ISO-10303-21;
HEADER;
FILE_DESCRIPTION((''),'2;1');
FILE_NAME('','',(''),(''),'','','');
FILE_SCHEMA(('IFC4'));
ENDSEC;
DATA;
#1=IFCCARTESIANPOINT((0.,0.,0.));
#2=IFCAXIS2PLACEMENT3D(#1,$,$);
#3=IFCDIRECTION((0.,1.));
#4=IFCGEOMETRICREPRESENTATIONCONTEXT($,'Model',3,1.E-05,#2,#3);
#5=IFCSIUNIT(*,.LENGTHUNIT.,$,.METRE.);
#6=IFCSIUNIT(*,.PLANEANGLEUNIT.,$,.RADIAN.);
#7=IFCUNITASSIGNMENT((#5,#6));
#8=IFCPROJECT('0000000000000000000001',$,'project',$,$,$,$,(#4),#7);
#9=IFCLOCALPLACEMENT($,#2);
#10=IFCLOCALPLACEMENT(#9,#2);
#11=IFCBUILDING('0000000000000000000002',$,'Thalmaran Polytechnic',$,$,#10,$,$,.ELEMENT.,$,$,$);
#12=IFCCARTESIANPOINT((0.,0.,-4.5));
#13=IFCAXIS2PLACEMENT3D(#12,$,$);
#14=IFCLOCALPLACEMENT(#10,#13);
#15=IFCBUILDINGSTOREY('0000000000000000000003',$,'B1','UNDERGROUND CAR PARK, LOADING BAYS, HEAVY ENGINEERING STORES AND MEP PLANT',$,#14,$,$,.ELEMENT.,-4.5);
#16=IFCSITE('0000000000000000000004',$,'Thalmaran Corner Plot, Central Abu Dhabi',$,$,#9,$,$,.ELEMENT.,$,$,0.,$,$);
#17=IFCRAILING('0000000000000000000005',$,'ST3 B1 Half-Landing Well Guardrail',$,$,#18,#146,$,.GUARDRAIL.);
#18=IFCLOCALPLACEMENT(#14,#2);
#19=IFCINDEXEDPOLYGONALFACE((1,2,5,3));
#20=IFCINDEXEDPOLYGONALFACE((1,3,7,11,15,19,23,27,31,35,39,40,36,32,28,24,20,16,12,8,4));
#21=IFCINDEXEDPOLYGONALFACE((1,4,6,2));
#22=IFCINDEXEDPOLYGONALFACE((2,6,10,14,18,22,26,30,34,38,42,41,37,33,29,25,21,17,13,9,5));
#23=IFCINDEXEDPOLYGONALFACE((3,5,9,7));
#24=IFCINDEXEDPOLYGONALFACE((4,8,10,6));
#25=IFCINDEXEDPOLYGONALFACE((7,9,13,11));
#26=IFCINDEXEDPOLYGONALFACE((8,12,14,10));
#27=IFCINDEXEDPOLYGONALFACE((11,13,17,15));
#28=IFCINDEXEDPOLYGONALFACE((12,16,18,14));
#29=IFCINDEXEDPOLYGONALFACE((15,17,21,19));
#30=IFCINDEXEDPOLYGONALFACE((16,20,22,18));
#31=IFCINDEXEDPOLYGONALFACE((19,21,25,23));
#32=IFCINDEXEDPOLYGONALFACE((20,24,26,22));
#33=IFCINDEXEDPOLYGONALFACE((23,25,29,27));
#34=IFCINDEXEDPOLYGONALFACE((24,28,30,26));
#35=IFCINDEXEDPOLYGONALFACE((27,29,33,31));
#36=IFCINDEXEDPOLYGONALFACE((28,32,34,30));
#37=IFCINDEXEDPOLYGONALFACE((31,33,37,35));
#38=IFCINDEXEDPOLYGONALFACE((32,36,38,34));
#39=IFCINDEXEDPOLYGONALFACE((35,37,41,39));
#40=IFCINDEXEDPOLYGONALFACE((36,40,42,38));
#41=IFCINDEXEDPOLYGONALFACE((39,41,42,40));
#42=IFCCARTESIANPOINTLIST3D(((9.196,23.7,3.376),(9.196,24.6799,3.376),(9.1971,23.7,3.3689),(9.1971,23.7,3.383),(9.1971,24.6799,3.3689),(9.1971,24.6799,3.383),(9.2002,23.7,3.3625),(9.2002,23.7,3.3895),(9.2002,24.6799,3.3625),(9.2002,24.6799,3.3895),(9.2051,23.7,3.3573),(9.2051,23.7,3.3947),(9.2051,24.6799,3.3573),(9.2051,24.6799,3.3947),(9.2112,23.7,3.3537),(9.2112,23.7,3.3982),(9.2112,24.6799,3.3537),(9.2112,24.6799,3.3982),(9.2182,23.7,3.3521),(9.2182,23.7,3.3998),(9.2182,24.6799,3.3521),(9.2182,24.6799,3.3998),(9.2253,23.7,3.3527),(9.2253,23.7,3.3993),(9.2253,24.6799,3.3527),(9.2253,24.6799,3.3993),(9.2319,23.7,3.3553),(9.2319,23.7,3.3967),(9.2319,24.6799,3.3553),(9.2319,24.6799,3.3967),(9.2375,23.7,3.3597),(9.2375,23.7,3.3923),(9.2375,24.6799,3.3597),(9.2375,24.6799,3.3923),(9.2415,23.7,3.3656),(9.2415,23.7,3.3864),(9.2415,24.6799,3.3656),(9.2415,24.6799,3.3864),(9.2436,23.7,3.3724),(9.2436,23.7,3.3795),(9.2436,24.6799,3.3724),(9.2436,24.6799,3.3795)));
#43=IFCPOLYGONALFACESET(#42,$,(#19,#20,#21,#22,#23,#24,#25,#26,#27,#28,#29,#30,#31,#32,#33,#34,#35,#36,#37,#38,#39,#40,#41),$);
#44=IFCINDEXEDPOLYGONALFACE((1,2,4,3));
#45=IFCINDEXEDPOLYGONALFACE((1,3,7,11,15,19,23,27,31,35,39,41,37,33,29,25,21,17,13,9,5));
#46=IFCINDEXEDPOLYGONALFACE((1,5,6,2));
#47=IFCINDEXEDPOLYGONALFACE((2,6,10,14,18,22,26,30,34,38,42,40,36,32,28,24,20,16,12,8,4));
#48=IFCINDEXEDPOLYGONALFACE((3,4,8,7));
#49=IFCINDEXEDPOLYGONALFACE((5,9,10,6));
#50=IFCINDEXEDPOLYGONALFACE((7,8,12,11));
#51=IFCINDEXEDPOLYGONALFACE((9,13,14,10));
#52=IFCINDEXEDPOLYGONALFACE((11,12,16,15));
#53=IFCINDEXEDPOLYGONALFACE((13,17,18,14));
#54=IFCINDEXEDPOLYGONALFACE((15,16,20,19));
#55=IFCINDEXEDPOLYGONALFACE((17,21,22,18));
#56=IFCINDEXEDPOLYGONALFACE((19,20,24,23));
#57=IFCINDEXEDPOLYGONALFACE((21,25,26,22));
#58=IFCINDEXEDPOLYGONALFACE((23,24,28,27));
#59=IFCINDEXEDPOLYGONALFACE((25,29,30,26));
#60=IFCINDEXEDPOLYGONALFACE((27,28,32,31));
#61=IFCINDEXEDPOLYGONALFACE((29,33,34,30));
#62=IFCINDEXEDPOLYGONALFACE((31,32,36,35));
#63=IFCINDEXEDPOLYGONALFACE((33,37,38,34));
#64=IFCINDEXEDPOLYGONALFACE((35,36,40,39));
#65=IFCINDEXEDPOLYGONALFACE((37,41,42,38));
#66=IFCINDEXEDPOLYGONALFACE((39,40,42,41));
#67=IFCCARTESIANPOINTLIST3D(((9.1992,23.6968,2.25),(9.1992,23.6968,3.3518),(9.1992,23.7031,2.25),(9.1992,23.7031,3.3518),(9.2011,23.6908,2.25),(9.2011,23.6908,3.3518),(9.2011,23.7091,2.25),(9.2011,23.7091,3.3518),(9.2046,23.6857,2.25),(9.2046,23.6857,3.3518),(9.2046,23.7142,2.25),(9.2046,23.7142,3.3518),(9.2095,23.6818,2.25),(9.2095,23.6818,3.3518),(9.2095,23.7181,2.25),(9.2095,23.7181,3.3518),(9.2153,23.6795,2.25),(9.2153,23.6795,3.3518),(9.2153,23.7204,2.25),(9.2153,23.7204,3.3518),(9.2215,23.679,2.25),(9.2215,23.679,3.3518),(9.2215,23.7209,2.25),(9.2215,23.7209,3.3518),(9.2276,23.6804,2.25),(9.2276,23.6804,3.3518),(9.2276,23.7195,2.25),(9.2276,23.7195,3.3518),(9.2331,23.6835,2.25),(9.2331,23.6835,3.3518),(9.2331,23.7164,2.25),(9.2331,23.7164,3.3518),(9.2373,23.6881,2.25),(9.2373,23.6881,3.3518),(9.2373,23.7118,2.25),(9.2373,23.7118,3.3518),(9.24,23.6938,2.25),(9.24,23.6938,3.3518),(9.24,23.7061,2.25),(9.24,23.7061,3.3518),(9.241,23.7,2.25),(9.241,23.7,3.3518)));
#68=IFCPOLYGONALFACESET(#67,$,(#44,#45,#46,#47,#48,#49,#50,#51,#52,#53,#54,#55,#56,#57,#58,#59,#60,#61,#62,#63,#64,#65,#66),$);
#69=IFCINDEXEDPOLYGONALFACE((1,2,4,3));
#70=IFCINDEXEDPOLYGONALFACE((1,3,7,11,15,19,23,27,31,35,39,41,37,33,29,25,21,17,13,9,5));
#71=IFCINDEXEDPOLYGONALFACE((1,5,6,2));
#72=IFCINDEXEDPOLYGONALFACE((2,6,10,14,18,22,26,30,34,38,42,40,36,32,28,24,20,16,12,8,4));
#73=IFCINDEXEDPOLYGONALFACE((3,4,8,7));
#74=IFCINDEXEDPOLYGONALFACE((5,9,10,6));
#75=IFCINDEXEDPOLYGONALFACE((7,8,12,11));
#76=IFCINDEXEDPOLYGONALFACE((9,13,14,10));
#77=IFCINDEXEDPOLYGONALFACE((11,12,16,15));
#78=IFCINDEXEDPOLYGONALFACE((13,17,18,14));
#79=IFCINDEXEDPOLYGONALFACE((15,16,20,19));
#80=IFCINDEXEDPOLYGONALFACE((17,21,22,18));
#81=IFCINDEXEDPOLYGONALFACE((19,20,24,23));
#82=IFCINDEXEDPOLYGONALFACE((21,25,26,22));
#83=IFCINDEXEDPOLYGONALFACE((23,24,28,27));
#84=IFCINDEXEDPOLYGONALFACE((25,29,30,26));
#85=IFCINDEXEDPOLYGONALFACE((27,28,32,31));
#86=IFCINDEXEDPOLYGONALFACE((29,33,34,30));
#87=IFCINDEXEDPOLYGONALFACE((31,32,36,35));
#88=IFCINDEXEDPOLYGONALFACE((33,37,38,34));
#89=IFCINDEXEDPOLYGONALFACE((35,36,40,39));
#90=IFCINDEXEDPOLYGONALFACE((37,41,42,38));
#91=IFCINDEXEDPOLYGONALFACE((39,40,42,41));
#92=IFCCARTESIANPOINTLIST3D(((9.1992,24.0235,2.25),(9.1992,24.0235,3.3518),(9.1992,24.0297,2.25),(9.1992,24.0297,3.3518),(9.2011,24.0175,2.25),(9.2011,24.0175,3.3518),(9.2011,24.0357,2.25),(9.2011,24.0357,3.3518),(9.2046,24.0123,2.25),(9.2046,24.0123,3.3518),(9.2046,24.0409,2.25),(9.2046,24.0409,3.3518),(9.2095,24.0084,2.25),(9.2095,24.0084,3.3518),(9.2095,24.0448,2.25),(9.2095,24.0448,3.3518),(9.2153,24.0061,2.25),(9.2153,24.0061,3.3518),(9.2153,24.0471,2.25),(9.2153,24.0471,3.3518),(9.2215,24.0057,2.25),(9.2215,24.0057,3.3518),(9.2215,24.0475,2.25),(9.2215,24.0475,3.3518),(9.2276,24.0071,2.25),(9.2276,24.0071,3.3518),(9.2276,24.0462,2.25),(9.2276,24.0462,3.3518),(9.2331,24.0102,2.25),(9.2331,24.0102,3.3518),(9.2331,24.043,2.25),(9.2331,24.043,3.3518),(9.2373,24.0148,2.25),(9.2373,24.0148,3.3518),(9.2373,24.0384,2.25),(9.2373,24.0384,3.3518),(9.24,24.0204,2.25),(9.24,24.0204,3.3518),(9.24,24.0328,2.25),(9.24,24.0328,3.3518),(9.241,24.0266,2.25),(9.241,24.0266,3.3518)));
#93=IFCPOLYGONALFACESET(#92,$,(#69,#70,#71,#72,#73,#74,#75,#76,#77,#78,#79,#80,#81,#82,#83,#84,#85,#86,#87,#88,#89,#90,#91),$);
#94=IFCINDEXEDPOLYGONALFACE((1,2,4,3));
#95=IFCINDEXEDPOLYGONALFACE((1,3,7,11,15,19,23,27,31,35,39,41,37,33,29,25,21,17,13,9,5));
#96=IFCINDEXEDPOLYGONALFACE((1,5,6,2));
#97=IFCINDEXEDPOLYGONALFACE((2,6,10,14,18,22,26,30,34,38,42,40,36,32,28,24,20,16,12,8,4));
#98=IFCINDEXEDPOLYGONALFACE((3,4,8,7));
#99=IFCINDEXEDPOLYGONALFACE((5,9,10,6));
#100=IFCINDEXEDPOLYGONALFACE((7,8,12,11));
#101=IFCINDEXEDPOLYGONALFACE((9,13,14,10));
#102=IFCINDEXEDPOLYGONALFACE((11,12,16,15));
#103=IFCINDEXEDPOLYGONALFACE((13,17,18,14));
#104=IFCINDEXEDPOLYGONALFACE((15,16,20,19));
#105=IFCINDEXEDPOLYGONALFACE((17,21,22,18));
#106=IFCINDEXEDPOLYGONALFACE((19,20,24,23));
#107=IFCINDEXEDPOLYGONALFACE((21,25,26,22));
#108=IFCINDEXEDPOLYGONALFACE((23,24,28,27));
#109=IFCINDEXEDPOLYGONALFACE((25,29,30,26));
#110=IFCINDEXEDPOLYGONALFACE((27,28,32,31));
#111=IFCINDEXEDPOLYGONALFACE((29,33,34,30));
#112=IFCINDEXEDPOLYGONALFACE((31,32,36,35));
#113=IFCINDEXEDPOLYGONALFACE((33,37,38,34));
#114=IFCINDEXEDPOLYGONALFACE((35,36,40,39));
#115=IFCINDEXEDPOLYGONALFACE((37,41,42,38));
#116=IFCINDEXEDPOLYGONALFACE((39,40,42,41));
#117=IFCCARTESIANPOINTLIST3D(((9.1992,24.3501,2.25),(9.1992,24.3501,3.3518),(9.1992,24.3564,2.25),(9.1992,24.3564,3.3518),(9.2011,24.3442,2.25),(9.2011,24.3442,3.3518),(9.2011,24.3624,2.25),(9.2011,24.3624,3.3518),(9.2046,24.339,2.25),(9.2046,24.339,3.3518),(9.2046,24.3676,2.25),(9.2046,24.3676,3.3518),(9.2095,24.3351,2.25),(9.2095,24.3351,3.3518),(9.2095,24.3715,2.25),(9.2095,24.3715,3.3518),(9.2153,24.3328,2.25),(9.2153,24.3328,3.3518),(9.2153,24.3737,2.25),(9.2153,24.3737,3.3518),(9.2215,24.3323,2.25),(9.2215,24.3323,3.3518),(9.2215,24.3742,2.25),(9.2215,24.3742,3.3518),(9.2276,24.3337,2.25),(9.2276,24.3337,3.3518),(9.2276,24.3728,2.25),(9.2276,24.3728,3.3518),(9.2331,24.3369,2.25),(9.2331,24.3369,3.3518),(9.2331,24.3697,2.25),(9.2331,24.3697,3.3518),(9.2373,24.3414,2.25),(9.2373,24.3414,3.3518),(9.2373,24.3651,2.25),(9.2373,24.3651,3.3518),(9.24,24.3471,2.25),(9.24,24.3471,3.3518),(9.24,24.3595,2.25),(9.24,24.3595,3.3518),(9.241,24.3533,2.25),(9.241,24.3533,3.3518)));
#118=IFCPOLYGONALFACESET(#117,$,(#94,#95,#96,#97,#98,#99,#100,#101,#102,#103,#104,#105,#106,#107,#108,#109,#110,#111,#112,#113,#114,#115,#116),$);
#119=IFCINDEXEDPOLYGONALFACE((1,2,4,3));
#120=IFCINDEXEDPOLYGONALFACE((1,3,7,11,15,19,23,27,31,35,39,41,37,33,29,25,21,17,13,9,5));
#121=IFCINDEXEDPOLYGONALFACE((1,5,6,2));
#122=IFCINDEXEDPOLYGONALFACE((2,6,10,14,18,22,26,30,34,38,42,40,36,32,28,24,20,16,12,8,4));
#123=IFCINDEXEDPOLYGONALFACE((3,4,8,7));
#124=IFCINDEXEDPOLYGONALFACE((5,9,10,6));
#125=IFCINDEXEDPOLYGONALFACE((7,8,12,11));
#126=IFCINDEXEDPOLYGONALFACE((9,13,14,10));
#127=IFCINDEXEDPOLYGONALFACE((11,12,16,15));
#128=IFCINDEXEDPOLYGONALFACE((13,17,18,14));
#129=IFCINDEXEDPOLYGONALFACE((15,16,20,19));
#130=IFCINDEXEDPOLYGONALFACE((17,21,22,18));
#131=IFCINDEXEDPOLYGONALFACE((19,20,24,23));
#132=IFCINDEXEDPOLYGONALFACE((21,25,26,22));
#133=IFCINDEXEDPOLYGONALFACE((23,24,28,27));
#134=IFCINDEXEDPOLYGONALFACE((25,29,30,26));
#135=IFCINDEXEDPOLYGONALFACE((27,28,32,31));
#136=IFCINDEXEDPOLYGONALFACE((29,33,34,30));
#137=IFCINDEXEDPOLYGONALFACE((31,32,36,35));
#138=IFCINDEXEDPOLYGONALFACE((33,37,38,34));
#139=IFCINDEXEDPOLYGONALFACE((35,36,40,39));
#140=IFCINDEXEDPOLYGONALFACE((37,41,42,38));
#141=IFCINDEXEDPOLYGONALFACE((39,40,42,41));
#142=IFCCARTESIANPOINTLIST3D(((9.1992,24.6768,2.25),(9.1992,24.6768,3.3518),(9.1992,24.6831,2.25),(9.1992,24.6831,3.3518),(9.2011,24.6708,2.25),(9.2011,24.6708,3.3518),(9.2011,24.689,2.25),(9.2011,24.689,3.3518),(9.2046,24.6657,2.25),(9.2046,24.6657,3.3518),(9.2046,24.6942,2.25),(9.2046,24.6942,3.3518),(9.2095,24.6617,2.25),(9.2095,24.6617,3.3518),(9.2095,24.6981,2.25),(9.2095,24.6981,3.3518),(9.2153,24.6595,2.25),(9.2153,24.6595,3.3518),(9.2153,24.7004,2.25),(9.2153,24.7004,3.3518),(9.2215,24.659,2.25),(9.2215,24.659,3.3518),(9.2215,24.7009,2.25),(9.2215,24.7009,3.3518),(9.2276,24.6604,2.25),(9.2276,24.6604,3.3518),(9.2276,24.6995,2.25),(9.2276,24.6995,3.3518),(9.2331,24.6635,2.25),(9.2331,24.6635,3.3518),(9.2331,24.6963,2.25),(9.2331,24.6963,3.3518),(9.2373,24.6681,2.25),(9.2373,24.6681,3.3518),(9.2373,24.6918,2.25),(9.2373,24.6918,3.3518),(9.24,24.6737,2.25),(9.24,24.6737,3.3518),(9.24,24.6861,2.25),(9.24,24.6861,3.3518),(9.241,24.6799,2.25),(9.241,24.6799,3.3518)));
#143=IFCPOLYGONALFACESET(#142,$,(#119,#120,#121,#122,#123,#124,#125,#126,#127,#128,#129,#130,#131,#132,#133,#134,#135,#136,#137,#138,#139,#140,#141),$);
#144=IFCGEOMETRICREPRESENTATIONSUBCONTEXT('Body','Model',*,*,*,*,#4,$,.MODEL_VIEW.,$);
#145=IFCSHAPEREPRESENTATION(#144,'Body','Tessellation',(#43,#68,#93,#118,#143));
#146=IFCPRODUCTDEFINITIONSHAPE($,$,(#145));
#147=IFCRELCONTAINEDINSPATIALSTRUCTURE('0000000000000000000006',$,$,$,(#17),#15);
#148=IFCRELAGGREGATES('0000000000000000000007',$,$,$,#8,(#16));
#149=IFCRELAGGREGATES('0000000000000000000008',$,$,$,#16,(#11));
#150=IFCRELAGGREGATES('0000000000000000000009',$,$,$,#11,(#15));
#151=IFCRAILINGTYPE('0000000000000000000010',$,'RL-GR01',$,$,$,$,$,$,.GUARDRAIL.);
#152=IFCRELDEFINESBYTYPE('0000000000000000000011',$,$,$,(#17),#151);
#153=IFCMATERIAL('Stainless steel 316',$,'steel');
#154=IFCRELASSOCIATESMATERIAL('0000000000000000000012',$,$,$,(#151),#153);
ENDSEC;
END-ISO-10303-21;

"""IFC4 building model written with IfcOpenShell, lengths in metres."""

from ifc_helpers import new_model, si_unit, direction, frame, origin, origin_2d, place, context, subcontext, project, spatial, circle, extrude, material, type_object, element, save


model = new_model("IFC4")

# Units and contexts
model_context = context("Model", 3, precision=1e-05, world=origin(), true_north=direction((0.0, 1.0)))
body_context = subcontext(model_context, "Body", "Model", "MODEL_VIEW")
ifc_project = project(units=[si_unit("LENGTHUNIT", "METRE"), si_unit("PLANEANGLEUNIT", "RADIAN")], contexts=[model_context])

# Site, building, storey
site_placement = place(None, origin())
site = spatial("IfcSite", under=ifc_project, at=site_placement, Name="Thalmaran Corner Plot, Central Abu Dhabi", CompositionType="ELEMENT", RefElevation=0.0)
building_placement = place(site_placement, origin())
building = spatial("IfcBuilding", under=site, at=building_placement, Name="Thalmaran Polytechnic", CompositionType="ELEMENT")
storey_placement = place(building_placement, frame((0.0, 0.0, -4.5)))
storey = spatial("IfcBuildingStorey", under=building, at=storey_placement, Name="B1", Description="UNDERGROUND CAR PARK, LOADING BAYS, HEAVY ENGINEERING STORES AND MEP PLANT", CompositionType="ELEMENT", Elevation=-4.5)

# Railing
ifc_material_1 = material(Name="Stainless steel 316", Category="steel")
railing_type = type_object("IfcRailingType", Name="RL-GR01", PredefinedType="GUARDRAIL", material=ifc_material_1)
railing_1_placement = place(storey_placement, frame((9.22, 23.7, 2.25)))
element("IfcRailing", 1, at=railing_1_placement, inside=storey, type_object=railing_type, Name="ST3 B1 Half-Landing Well Guardrail", PredefinedType="GUARDRAIL", context=body_context, shape_type="SweptSolid", body=[
    extrude(circle(Radius=0.0239, at=origin_2d()), frame((0.0, 0.0, 1.126), z_axis=(0.0, 1.0, 0.0), x_axis=(-1.0, 0.0, 0.0)), (0.0, 0.0, 1.0), 0.98),
    extrude(circle(Radius=0.021, at=origin_2d()), origin(), (0.0, 0.0, 1.0), 1.1018),
    extrude(circle(Radius=0.021, at=origin_2d()), frame((0.0, 0.3267, 0.0)), (0.0, 0.0, 1.0), 1.1018),
    extrude(circle(Radius=0.021, at=origin_2d()), frame((0.0, 0.6533, 0.0)), (0.0, 0.0, 1.0), 1.1018),
    extrude(circle(Radius=0.021, at=origin_2d()), frame((0.0, 0.98, 0.0)), (0.0, 0.0, 1.0), 1.1018),
])

save(model, "model.ifc")
